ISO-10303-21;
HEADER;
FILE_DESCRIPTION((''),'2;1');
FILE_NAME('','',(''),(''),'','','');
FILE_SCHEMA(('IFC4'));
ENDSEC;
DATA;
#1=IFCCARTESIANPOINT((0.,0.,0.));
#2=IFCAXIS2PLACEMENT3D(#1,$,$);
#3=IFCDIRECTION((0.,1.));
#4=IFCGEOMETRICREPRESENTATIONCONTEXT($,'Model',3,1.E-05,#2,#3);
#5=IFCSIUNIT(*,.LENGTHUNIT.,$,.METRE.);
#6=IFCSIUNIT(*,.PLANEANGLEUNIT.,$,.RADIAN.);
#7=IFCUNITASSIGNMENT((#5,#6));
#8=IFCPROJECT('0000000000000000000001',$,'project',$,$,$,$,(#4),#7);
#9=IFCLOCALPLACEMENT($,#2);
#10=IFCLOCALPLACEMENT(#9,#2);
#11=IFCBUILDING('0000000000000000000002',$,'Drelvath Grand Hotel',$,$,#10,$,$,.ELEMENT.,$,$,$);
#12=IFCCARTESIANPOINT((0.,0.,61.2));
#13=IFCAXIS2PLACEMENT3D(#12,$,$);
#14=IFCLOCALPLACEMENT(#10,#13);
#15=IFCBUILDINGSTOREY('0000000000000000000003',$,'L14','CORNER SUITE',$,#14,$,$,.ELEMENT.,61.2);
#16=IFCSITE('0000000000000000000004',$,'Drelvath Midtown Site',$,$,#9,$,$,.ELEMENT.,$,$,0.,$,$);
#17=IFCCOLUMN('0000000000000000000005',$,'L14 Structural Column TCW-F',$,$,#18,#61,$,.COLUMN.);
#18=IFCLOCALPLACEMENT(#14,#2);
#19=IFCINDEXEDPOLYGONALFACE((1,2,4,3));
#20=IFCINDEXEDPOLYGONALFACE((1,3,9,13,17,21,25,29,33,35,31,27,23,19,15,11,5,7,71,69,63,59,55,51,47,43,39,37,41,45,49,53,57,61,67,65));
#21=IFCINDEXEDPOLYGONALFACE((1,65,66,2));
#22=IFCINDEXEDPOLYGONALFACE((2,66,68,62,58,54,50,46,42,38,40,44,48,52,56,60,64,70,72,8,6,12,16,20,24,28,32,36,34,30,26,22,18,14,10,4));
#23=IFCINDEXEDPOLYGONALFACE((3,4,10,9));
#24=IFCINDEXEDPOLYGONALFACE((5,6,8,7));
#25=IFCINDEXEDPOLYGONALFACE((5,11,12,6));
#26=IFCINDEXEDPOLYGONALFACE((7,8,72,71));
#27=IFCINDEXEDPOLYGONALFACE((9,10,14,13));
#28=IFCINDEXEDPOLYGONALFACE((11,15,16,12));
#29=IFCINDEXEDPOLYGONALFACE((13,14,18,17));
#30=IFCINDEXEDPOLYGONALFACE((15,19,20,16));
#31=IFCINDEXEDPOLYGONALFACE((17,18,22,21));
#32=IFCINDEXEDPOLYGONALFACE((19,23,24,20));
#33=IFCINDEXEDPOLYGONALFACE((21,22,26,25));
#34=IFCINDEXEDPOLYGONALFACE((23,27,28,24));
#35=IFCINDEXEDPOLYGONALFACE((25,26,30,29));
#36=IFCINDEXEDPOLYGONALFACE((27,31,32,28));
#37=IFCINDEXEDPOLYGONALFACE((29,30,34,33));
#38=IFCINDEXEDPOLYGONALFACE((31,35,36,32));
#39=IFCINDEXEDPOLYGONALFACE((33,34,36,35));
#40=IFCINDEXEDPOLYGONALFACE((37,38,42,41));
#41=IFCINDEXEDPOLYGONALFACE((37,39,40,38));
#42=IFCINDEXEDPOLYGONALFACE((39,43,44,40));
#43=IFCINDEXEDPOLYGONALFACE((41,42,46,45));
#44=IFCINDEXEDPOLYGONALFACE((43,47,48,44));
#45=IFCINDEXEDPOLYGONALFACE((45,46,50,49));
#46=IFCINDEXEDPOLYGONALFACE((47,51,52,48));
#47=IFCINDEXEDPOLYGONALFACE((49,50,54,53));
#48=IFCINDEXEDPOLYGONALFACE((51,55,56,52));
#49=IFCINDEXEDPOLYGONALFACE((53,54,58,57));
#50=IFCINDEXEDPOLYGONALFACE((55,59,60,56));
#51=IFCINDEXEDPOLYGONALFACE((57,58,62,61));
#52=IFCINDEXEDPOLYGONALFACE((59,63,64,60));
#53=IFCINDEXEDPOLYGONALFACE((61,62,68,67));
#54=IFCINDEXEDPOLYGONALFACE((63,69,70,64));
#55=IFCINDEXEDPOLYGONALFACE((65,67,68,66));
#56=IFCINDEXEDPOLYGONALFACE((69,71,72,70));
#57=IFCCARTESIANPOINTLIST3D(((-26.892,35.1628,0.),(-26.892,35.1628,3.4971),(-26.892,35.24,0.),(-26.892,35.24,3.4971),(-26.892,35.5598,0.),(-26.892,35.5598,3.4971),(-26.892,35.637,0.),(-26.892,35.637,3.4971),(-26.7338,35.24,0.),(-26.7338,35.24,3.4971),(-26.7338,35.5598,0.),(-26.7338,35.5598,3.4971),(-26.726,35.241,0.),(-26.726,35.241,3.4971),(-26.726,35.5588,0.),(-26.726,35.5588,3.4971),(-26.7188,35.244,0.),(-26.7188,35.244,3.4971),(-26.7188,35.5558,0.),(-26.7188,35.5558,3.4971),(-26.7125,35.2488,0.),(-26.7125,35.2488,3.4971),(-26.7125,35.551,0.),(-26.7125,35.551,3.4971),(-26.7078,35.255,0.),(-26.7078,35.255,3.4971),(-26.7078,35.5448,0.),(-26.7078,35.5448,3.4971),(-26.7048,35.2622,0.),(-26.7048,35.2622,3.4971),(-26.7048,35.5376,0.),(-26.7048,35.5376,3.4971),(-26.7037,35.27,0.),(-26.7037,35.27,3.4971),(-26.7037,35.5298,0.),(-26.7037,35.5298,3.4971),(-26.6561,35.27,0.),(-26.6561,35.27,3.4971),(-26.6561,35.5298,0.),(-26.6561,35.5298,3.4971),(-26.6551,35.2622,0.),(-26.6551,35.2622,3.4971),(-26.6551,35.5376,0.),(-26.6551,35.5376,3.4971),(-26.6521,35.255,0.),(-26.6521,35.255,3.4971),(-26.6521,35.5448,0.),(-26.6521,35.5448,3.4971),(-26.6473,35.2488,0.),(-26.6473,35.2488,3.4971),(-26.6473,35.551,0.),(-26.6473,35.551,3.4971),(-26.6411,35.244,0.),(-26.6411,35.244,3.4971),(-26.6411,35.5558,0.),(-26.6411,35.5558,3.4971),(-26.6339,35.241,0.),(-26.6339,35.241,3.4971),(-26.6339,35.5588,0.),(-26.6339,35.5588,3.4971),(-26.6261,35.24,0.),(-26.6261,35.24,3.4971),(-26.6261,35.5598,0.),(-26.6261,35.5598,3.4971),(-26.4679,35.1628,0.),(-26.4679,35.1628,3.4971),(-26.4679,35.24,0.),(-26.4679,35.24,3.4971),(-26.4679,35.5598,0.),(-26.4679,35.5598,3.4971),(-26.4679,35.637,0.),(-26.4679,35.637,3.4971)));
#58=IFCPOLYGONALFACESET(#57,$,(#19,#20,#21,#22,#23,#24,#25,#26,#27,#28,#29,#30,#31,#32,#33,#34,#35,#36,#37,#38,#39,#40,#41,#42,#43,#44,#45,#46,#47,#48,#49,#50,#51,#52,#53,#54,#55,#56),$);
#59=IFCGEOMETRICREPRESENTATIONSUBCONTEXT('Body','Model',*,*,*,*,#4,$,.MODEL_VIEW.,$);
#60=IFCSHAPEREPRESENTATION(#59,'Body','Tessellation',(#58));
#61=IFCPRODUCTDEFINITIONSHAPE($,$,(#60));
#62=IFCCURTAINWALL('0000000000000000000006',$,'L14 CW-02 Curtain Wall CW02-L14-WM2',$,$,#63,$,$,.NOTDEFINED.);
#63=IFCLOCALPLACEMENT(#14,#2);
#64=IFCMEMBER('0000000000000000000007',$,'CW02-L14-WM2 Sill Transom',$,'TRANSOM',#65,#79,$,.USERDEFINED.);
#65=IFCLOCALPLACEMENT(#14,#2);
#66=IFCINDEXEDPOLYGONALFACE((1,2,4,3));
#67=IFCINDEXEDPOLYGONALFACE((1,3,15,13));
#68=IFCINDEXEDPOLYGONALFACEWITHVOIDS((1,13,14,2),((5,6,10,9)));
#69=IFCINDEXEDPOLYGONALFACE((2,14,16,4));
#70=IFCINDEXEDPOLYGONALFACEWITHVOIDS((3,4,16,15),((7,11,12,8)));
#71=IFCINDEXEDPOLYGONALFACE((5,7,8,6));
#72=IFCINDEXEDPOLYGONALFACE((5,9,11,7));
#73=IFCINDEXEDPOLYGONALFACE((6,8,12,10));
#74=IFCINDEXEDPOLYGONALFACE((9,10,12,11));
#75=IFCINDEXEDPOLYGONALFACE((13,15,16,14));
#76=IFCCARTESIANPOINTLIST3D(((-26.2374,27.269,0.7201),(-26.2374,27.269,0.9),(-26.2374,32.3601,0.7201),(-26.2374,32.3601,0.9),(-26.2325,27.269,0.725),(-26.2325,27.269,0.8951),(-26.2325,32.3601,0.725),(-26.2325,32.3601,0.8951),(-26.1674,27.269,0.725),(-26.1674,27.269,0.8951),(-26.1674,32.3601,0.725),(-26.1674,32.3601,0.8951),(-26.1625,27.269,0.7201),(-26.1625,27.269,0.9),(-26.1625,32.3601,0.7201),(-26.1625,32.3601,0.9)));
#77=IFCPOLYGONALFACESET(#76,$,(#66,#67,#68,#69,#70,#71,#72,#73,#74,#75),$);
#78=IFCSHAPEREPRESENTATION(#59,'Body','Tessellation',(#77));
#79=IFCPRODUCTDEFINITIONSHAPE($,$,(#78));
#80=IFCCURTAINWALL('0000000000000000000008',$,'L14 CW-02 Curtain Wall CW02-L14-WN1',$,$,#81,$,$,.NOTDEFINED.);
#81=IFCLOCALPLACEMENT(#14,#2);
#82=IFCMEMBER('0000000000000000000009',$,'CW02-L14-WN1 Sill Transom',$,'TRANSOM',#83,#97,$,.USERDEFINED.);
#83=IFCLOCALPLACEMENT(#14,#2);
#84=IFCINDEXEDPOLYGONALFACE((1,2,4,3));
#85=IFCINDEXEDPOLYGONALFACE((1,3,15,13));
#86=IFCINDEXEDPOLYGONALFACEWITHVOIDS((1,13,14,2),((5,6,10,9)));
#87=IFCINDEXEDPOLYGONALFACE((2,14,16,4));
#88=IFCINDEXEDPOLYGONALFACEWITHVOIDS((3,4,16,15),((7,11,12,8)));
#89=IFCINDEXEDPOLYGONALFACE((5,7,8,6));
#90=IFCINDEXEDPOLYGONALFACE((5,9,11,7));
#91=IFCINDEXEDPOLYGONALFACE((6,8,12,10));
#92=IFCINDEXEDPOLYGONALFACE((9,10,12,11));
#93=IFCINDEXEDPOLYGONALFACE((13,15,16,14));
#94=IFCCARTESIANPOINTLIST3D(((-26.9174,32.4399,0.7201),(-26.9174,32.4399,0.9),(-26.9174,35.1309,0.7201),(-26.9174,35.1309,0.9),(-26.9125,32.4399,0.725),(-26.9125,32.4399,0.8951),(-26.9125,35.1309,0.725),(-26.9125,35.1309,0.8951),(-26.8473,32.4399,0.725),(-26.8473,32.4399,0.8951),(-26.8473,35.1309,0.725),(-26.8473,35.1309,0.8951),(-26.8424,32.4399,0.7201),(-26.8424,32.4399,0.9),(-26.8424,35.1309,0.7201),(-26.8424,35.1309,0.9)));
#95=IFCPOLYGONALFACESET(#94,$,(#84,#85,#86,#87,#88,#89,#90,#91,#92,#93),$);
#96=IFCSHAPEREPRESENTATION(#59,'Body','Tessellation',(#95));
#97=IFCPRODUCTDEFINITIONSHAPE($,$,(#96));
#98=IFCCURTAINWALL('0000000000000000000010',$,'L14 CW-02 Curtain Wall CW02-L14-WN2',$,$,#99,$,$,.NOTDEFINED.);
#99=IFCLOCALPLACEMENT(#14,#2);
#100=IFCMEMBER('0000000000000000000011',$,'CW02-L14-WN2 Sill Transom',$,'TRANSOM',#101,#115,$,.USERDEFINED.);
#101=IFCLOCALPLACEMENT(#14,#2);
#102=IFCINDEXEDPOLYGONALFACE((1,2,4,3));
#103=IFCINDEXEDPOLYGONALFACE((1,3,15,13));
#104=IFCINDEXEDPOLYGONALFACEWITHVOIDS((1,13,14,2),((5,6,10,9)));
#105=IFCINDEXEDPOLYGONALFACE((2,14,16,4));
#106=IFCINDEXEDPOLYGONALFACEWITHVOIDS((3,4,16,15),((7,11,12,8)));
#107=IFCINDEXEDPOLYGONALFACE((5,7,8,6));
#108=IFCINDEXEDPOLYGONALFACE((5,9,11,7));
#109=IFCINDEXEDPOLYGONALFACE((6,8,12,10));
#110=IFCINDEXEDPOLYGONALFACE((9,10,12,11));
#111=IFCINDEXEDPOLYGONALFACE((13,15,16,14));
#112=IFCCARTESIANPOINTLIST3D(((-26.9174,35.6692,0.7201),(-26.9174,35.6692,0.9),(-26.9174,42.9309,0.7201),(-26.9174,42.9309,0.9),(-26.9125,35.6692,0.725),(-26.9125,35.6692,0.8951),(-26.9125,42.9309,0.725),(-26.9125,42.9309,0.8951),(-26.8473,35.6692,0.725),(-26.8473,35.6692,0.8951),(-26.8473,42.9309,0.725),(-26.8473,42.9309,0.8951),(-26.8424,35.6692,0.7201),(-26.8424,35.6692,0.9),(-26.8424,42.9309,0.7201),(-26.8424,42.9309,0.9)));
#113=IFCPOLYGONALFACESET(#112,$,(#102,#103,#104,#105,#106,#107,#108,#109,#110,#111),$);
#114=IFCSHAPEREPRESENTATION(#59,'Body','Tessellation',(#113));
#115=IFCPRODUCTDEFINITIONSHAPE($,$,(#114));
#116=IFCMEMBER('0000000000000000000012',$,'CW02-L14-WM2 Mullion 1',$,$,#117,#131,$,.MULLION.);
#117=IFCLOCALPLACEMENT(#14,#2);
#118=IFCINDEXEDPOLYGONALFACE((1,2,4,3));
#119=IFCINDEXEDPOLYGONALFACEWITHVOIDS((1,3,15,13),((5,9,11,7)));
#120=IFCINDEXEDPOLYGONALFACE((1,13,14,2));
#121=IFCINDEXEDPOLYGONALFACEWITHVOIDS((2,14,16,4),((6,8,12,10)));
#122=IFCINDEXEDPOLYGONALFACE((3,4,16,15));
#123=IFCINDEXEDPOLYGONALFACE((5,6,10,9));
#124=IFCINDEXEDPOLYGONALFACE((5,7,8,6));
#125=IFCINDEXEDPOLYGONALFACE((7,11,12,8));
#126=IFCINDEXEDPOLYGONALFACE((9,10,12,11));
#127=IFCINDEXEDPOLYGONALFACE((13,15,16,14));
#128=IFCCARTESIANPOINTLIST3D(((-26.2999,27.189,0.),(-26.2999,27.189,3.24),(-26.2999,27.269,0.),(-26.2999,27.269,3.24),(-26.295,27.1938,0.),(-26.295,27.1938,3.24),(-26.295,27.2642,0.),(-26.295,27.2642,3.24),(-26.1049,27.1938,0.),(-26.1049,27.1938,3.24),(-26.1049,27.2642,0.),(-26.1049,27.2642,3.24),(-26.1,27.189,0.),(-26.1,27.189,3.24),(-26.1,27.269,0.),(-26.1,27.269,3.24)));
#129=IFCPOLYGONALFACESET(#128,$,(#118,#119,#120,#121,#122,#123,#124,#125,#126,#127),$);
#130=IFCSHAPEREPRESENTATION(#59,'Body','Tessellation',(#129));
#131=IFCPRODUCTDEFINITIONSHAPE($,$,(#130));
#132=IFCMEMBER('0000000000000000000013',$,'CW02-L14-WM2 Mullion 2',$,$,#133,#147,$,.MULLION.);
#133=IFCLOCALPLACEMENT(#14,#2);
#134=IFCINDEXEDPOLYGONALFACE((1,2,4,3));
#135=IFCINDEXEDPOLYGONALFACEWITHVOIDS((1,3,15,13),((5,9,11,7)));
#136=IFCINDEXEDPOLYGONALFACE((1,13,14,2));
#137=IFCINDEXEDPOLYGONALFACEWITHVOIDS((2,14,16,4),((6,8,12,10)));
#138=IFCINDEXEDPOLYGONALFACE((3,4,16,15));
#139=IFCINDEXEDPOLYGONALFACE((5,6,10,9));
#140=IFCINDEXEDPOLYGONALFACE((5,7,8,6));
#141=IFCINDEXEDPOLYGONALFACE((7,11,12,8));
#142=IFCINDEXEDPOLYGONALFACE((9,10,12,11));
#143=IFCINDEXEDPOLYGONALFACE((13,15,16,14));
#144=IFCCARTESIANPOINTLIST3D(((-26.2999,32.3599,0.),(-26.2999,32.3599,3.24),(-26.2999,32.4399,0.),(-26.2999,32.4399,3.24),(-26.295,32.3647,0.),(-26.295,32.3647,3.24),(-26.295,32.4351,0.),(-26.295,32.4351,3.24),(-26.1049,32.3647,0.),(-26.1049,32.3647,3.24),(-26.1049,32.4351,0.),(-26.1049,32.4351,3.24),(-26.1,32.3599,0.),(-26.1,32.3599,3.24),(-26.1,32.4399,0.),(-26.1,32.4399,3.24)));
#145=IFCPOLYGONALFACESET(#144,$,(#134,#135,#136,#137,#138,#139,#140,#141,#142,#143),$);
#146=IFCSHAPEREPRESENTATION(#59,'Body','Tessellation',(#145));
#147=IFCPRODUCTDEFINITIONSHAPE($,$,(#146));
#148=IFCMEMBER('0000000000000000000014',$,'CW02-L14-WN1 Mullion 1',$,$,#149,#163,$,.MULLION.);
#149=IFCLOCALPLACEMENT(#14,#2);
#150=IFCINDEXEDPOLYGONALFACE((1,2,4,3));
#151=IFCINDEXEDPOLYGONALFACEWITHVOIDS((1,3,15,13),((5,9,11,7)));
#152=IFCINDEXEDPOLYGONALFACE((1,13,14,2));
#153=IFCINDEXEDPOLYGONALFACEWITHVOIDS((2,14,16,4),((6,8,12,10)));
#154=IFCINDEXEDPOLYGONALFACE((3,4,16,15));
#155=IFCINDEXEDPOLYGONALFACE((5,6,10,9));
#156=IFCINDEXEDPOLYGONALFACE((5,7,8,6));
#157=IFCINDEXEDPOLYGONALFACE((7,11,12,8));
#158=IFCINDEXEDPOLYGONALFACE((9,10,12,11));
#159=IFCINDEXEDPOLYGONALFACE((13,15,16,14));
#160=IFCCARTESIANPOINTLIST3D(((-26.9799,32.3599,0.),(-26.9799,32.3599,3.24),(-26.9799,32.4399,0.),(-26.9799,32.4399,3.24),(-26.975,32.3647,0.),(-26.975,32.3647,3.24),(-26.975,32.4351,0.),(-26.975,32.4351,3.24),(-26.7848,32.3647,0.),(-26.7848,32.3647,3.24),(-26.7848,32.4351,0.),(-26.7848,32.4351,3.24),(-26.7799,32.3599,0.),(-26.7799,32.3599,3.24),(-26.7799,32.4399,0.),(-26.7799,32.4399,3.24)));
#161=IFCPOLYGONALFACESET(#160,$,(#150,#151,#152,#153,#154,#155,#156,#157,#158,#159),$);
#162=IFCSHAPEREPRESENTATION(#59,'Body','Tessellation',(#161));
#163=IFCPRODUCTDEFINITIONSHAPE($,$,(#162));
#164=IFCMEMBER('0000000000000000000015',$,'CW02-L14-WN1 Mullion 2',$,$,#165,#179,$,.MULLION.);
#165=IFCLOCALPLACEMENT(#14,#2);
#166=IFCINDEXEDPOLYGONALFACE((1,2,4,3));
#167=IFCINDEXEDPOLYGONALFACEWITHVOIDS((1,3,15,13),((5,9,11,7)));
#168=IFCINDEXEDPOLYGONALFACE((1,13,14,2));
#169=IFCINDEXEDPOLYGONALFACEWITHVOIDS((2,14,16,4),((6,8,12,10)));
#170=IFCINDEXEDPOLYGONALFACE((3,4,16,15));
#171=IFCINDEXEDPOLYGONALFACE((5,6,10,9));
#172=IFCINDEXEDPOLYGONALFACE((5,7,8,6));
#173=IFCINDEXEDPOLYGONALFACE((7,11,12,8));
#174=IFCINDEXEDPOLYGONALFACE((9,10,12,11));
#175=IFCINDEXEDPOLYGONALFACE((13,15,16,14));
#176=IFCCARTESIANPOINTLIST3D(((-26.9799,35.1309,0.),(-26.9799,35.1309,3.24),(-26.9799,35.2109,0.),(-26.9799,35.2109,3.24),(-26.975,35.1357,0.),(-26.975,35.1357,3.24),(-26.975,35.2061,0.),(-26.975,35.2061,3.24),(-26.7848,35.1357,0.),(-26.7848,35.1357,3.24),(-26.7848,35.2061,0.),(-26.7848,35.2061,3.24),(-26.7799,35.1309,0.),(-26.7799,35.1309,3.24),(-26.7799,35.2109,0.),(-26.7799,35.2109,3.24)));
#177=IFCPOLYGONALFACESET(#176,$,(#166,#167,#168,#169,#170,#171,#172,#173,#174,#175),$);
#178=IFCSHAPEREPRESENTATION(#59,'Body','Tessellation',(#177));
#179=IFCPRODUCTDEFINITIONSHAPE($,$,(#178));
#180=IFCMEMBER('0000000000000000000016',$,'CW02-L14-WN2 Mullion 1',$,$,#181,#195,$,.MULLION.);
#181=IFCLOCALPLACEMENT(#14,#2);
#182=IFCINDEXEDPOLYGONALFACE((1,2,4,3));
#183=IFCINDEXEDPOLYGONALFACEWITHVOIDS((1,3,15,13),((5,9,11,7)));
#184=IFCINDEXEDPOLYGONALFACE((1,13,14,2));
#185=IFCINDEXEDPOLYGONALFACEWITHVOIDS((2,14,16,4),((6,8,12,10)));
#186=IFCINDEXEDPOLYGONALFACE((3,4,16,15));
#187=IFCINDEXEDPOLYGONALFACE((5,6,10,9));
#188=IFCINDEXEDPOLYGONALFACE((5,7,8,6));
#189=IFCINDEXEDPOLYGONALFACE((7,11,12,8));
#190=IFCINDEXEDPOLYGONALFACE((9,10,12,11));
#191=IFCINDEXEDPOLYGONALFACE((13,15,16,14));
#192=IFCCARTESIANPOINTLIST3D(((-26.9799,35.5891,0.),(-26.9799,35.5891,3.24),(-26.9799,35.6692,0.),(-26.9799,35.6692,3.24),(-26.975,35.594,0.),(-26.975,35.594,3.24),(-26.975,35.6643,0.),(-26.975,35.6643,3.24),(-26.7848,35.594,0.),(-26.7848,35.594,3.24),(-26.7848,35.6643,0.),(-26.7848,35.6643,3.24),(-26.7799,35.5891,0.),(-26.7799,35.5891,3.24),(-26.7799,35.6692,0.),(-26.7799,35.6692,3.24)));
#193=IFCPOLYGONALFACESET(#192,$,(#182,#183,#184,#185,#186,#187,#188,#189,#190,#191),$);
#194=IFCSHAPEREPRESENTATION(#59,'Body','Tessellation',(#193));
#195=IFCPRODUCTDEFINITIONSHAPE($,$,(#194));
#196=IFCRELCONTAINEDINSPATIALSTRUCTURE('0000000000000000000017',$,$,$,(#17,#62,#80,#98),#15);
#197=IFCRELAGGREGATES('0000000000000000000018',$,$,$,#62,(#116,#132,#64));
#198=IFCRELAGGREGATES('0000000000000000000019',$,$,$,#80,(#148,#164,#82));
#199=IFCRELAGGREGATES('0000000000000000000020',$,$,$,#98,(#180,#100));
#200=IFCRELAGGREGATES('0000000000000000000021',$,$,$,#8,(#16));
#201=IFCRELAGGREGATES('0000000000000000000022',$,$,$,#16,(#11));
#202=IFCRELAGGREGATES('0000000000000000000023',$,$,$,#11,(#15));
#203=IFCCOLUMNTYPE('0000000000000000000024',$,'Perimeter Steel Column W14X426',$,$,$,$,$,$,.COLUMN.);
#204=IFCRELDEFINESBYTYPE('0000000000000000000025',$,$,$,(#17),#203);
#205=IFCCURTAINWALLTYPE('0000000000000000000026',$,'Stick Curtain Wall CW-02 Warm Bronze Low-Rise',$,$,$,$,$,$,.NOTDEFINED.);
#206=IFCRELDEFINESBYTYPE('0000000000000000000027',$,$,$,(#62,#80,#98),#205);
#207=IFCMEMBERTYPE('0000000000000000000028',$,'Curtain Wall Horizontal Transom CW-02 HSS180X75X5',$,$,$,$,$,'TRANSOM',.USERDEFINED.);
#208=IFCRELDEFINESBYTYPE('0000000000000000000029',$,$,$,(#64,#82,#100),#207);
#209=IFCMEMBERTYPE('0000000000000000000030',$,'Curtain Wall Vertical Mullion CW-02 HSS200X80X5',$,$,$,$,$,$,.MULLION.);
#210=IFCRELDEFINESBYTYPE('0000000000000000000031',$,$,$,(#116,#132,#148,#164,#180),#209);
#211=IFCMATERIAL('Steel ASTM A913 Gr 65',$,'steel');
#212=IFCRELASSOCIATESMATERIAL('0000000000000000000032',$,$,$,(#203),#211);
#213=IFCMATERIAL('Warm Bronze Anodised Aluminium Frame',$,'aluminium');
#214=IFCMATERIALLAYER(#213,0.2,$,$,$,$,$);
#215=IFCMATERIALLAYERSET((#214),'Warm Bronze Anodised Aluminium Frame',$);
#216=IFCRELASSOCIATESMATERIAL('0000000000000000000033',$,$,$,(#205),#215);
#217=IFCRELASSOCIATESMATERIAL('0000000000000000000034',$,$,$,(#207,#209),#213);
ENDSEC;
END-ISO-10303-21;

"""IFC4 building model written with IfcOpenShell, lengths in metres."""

from ifc_helpers import new_model, si_unit, direction, frame, origin, origin_2d, place, context, subcontext, project, spatial, hollow_rectangle, i_section, extrude, material, layer, layer_set, material_profile, profile_set, type_object, element, aggregate, save


model = new_model("IFC4")

# Units and contexts
model_context = context("Model", 3, precision=1e-05, world=origin(), true_north=direction((0.0, 1.0)))
body_context = subcontext(model_context, "Body", "Model", "MODEL_VIEW")
ifc_project = project(units=[si_unit("LENGTHUNIT", "METRE"), si_unit("PLANEANGLEUNIT", "RADIAN")], contexts=[model_context])

# Site, building, storey
site_placement = place(None, origin())
site = spatial("IfcSite", under=ifc_project, at=site_placement, Name="Drelvath Midtown Site", CompositionType="ELEMENT", RefElevation=0.0)
building_placement = place(site_placement, origin())
building = spatial("IfcBuilding", under=site, at=building_placement, Name="Drelvath Grand Hotel", CompositionType="ELEMENT")
storey_placement = place(building_placement, frame((0.0, 0.0, 61.2)))
storey = spatial("IfcBuildingStorey", under=building, at=storey_placement, Name="L14", Description="CORNER SUITE", CompositionType="ELEMENT", Elevation=61.2)

# Column
ifc_material_1 = material(Name="Steel ASTM A913 Gr 65", Category="steel")
ifc_material_profile_1 = material_profile(ifc_material_1, i_section(OverallWidth=0.4241, OverallDepth=0.4741, WebThickness=0.0476, FlangeThickness=0.0771, FilletRadius=0.03, at=origin_2d()), Name="W14X426")
ifc_profile_set_1 = profile_set([ifc_material_profile_1], Name="Steel ASTM A913 Gr 65")
column_type = type_object("IfcColumnType", Name="Perimeter Steel Column W14X426", PredefinedType="COLUMN", material=ifc_profile_set_1)
column_placement = place(storey_placement, frame((-26.6799, 35.3999, 0.0), z_axis=(0.0, 0.0, 1.0), x_axis=(1.0, 0.0, 0.0)))
element("IfcColumn", 1, at=column_placement, inside=storey, type_object=column_type, Name="L14 Structural Column TCW-F", PredefinedType="COLUMN", context=body_context, shape_type="SweptSolid", body=[
    extrude(i_section(OverallWidth=0.4241, OverallDepth=0.4741, WebThickness=0.0476, FlangeThickness=0.0771, FilletRadius=0.03, at=origin_2d()), origin(), (0.0, 0.0, 1.0), 3.4971),
])

# Curtain walls, members
ifc_material_2 = material(Name="Warm Bronze Anodised Aluminium Frame", Category="aluminium")
ifc_layer_1 = layer(ifc_material_2, 0.2)
ifc_layer_set_1 = layer_set([ifc_layer_1], Name="Warm Bronze Anodised Aluminium Frame")
curtain_wall_type = type_object("IfcCurtainWallType", Name="Stick Curtain Wall CW-02 Warm Bronze Low-Rise", PredefinedType="NOTDEFINED", material=ifc_layer_set_1)
curtain_wall_1_placement = place(storey_placement, origin())
curtain_wall_1 = element("IfcCurtainWall", 2, at=curtain_wall_1_placement, inside=storey, type_object=curtain_wall_type, Name="L14 CW-02 Curtain Wall CW02-L14-WM2", PredefinedType="NOTDEFINED")
ifc_material_profile_2 = material_profile(ifc_material_2, hollow_rectangle(XDim=0.075, YDim=0.1799, WallThickness=0.0049, at=origin_2d()), Name="HSS180X75X5")
ifc_profile_set_2 = profile_set([ifc_material_profile_2], Name="Warm Bronze Anodised Aluminium Frame")
member_type_1 = type_object("IfcMemberType", Name="Curtain Wall Horizontal Transom CW-02 HSS180X75X5", ElementType="TRANSOM", PredefinedType="USERDEFINED", material=ifc_profile_set_2)
member_1_placement = place(storey_placement, frame((-26.2, 27.269, 0.8101), z_axis=(0.0, 1.0, 0.0), x_axis=(-1.0, 0.0, 0.0)))
member_1 = element("IfcMember", 3, at=member_1_placement, type_object=member_type_1, Name="CW02-L14-WM2 Sill Transom", ObjectType="TRANSOM", PredefinedType="USERDEFINED", context=body_context, shape_type="SweptSolid", body=[
    extrude(hollow_rectangle(XDim=0.075, YDim=0.1799, WallThickness=0.0049, at=origin_2d()), origin(), (0.0, 0.0, 1.0), 5.0911),
])
curtain_wall_2_placement = place(storey_placement, origin())
curtain_wall_2 = element("IfcCurtainWall", 4, at=curtain_wall_2_placement, inside=storey, type_object=curtain_wall_type, Name="L14 CW-02 Curtain Wall CW02-L14-WN1", PredefinedType="NOTDEFINED")
member_2_placement = place(storey_placement, frame((-26.8799, 32.4399, 0.8101), z_axis=(0.0, 1.0, 0.0), x_axis=(-1.0, 0.0, 0.0)))
member_2 = element("IfcMember", 5, at=member_2_placement, type_object=member_type_1, Name="CW02-L14-WN1 Sill Transom", ObjectType="TRANSOM", PredefinedType="USERDEFINED", context=body_context, shape_type="SweptSolid", body=[
    extrude(hollow_rectangle(XDim=0.075, YDim=0.1799, WallThickness=0.0049, at=origin_2d()), origin(), (0.0, 0.0, 1.0), 2.6909),
])
curtain_wall_3_placement = place(storey_placement, origin())
curtain_wall_3 = element("IfcCurtainWall", 6, at=curtain_wall_3_placement, inside=storey, type_object=curtain_wall_type, Name="L14 CW-02 Curtain Wall CW02-L14-WN2", PredefinedType="NOTDEFINED")
member_3_placement = place(storey_placement, frame((-26.8799, 35.6692, 0.8101), z_axis=(0.0, 1.0, 0.0), x_axis=(-1.0, 0.0, 0.0)))
member_3 = element("IfcMember", 7, at=member_3_placement, type_object=member_type_1, Name="CW02-L14-WN2 Sill Transom", ObjectType="TRANSOM", PredefinedType="USERDEFINED", context=body_context, shape_type="SweptSolid", body=[
    extrude(hollow_rectangle(XDim=0.075, YDim=0.1799, WallThickness=0.0049, at=origin_2d()), origin(), (0.0, 0.0, 1.0), 7.2617),
])

# Members
ifc_material_profile_3 = material_profile(ifc_material_2, hollow_rectangle(XDim=0.0801, YDim=0.2, WallThickness=0.0049, at=origin_2d()), Name="HSS200X80X5")
ifc_profile_set_3 = profile_set([ifc_material_profile_3], Name="Warm Bronze Anodised Aluminium Frame")
member_type_2 = type_object("IfcMemberType", Name="Curtain Wall Vertical Mullion CW-02 HSS200X80X5", PredefinedType="MULLION", material=ifc_profile_set_3)
member_4_placement = place(storey_placement, frame((-26.2, 27.229, 0.0), z_axis=(0.0, 0.0, 1.0), x_axis=(0.0, 1.0, 0.0)))
member_4 = element("IfcMember", 8, at=member_4_placement, type_object=member_type_2, Name="CW02-L14-WM2 Mullion 1", PredefinedType="MULLION", context=body_context, shape_type="SweptSolid", body=[
    extrude(hollow_rectangle(XDim=0.0801, YDim=0.2, WallThickness=0.0049, at=origin_2d()), origin(), (0.0, 0.0, 1.0), 3.24),
])
member_5_placement = place(storey_placement, frame((-26.2, 32.3999, 0.0), z_axis=(0.0, 0.0, 1.0), x_axis=(0.0, 1.0, 0.0)))
member_5 = element("IfcMember", 9, at=member_5_placement, type_object=member_type_2, Name="CW02-L14-WM2 Mullion 2", PredefinedType="MULLION", context=body_context, shape_type="SweptSolid", body=[
    extrude(hollow_rectangle(XDim=0.0801, YDim=0.2, WallThickness=0.0049, at=origin_2d()), origin(), (0.0, 0.0, 1.0), 3.24),
])
member_6_placement = place(storey_placement, frame((-26.8799, 32.3999, 0.0), z_axis=(0.0, 0.0, 1.0), x_axis=(0.0, 1.0, 0.0)))
member_6 = element("IfcMember", 10, at=member_6_placement, type_object=member_type_2, Name="CW02-L14-WN1 Mullion 1", PredefinedType="MULLION", context=body_context, shape_type="SweptSolid", body=[
    extrude(hollow_rectangle(XDim=0.0801, YDim=0.2, WallThickness=0.0049, at=origin_2d()), origin(), (0.0, 0.0, 1.0), 3.24),
])
member_7_placement = place(storey_placement, frame((-26.8799, 35.1709, 0.0), z_axis=(0.0, 0.0, 1.0), x_axis=(0.0, 1.0, 0.0)))
member_7 = element("IfcMember", 11, at=member_7_placement, type_object=member_type_2, Name="CW02-L14-WN1 Mullion 2", PredefinedType="MULLION", context=body_context, shape_type="SweptSolid", body=[
    extrude(hollow_rectangle(XDim=0.0801, YDim=0.2, WallThickness=0.0049, at=origin_2d()), origin(), (0.0, 0.0, 1.0), 3.24),
])
member_8_placement = place(storey_placement, frame((-26.8799, 35.6292, 0.0), z_axis=(0.0, 0.0, 1.0), x_axis=(0.0, 1.0, 0.0)))
member_8 = element("IfcMember", 12, at=member_8_placement, type_object=member_type_2, Name="CW02-L14-WN2 Mullion 1", PredefinedType="MULLION", context=body_context, shape_type="SweptSolid", body=[
    extrude(hollow_rectangle(XDim=0.0801, YDim=0.2, WallThickness=0.0049, at=origin_2d()), origin(), (0.0, 0.0, 1.0), 3.24),
])

aggregate(curtain_wall_1, [member_4, member_5, member_1])
aggregate(curtain_wall_2, [member_6, member_7, member_2])
aggregate(curtain_wall_3, [member_8, member_3])

save(model, "model.ifc")
